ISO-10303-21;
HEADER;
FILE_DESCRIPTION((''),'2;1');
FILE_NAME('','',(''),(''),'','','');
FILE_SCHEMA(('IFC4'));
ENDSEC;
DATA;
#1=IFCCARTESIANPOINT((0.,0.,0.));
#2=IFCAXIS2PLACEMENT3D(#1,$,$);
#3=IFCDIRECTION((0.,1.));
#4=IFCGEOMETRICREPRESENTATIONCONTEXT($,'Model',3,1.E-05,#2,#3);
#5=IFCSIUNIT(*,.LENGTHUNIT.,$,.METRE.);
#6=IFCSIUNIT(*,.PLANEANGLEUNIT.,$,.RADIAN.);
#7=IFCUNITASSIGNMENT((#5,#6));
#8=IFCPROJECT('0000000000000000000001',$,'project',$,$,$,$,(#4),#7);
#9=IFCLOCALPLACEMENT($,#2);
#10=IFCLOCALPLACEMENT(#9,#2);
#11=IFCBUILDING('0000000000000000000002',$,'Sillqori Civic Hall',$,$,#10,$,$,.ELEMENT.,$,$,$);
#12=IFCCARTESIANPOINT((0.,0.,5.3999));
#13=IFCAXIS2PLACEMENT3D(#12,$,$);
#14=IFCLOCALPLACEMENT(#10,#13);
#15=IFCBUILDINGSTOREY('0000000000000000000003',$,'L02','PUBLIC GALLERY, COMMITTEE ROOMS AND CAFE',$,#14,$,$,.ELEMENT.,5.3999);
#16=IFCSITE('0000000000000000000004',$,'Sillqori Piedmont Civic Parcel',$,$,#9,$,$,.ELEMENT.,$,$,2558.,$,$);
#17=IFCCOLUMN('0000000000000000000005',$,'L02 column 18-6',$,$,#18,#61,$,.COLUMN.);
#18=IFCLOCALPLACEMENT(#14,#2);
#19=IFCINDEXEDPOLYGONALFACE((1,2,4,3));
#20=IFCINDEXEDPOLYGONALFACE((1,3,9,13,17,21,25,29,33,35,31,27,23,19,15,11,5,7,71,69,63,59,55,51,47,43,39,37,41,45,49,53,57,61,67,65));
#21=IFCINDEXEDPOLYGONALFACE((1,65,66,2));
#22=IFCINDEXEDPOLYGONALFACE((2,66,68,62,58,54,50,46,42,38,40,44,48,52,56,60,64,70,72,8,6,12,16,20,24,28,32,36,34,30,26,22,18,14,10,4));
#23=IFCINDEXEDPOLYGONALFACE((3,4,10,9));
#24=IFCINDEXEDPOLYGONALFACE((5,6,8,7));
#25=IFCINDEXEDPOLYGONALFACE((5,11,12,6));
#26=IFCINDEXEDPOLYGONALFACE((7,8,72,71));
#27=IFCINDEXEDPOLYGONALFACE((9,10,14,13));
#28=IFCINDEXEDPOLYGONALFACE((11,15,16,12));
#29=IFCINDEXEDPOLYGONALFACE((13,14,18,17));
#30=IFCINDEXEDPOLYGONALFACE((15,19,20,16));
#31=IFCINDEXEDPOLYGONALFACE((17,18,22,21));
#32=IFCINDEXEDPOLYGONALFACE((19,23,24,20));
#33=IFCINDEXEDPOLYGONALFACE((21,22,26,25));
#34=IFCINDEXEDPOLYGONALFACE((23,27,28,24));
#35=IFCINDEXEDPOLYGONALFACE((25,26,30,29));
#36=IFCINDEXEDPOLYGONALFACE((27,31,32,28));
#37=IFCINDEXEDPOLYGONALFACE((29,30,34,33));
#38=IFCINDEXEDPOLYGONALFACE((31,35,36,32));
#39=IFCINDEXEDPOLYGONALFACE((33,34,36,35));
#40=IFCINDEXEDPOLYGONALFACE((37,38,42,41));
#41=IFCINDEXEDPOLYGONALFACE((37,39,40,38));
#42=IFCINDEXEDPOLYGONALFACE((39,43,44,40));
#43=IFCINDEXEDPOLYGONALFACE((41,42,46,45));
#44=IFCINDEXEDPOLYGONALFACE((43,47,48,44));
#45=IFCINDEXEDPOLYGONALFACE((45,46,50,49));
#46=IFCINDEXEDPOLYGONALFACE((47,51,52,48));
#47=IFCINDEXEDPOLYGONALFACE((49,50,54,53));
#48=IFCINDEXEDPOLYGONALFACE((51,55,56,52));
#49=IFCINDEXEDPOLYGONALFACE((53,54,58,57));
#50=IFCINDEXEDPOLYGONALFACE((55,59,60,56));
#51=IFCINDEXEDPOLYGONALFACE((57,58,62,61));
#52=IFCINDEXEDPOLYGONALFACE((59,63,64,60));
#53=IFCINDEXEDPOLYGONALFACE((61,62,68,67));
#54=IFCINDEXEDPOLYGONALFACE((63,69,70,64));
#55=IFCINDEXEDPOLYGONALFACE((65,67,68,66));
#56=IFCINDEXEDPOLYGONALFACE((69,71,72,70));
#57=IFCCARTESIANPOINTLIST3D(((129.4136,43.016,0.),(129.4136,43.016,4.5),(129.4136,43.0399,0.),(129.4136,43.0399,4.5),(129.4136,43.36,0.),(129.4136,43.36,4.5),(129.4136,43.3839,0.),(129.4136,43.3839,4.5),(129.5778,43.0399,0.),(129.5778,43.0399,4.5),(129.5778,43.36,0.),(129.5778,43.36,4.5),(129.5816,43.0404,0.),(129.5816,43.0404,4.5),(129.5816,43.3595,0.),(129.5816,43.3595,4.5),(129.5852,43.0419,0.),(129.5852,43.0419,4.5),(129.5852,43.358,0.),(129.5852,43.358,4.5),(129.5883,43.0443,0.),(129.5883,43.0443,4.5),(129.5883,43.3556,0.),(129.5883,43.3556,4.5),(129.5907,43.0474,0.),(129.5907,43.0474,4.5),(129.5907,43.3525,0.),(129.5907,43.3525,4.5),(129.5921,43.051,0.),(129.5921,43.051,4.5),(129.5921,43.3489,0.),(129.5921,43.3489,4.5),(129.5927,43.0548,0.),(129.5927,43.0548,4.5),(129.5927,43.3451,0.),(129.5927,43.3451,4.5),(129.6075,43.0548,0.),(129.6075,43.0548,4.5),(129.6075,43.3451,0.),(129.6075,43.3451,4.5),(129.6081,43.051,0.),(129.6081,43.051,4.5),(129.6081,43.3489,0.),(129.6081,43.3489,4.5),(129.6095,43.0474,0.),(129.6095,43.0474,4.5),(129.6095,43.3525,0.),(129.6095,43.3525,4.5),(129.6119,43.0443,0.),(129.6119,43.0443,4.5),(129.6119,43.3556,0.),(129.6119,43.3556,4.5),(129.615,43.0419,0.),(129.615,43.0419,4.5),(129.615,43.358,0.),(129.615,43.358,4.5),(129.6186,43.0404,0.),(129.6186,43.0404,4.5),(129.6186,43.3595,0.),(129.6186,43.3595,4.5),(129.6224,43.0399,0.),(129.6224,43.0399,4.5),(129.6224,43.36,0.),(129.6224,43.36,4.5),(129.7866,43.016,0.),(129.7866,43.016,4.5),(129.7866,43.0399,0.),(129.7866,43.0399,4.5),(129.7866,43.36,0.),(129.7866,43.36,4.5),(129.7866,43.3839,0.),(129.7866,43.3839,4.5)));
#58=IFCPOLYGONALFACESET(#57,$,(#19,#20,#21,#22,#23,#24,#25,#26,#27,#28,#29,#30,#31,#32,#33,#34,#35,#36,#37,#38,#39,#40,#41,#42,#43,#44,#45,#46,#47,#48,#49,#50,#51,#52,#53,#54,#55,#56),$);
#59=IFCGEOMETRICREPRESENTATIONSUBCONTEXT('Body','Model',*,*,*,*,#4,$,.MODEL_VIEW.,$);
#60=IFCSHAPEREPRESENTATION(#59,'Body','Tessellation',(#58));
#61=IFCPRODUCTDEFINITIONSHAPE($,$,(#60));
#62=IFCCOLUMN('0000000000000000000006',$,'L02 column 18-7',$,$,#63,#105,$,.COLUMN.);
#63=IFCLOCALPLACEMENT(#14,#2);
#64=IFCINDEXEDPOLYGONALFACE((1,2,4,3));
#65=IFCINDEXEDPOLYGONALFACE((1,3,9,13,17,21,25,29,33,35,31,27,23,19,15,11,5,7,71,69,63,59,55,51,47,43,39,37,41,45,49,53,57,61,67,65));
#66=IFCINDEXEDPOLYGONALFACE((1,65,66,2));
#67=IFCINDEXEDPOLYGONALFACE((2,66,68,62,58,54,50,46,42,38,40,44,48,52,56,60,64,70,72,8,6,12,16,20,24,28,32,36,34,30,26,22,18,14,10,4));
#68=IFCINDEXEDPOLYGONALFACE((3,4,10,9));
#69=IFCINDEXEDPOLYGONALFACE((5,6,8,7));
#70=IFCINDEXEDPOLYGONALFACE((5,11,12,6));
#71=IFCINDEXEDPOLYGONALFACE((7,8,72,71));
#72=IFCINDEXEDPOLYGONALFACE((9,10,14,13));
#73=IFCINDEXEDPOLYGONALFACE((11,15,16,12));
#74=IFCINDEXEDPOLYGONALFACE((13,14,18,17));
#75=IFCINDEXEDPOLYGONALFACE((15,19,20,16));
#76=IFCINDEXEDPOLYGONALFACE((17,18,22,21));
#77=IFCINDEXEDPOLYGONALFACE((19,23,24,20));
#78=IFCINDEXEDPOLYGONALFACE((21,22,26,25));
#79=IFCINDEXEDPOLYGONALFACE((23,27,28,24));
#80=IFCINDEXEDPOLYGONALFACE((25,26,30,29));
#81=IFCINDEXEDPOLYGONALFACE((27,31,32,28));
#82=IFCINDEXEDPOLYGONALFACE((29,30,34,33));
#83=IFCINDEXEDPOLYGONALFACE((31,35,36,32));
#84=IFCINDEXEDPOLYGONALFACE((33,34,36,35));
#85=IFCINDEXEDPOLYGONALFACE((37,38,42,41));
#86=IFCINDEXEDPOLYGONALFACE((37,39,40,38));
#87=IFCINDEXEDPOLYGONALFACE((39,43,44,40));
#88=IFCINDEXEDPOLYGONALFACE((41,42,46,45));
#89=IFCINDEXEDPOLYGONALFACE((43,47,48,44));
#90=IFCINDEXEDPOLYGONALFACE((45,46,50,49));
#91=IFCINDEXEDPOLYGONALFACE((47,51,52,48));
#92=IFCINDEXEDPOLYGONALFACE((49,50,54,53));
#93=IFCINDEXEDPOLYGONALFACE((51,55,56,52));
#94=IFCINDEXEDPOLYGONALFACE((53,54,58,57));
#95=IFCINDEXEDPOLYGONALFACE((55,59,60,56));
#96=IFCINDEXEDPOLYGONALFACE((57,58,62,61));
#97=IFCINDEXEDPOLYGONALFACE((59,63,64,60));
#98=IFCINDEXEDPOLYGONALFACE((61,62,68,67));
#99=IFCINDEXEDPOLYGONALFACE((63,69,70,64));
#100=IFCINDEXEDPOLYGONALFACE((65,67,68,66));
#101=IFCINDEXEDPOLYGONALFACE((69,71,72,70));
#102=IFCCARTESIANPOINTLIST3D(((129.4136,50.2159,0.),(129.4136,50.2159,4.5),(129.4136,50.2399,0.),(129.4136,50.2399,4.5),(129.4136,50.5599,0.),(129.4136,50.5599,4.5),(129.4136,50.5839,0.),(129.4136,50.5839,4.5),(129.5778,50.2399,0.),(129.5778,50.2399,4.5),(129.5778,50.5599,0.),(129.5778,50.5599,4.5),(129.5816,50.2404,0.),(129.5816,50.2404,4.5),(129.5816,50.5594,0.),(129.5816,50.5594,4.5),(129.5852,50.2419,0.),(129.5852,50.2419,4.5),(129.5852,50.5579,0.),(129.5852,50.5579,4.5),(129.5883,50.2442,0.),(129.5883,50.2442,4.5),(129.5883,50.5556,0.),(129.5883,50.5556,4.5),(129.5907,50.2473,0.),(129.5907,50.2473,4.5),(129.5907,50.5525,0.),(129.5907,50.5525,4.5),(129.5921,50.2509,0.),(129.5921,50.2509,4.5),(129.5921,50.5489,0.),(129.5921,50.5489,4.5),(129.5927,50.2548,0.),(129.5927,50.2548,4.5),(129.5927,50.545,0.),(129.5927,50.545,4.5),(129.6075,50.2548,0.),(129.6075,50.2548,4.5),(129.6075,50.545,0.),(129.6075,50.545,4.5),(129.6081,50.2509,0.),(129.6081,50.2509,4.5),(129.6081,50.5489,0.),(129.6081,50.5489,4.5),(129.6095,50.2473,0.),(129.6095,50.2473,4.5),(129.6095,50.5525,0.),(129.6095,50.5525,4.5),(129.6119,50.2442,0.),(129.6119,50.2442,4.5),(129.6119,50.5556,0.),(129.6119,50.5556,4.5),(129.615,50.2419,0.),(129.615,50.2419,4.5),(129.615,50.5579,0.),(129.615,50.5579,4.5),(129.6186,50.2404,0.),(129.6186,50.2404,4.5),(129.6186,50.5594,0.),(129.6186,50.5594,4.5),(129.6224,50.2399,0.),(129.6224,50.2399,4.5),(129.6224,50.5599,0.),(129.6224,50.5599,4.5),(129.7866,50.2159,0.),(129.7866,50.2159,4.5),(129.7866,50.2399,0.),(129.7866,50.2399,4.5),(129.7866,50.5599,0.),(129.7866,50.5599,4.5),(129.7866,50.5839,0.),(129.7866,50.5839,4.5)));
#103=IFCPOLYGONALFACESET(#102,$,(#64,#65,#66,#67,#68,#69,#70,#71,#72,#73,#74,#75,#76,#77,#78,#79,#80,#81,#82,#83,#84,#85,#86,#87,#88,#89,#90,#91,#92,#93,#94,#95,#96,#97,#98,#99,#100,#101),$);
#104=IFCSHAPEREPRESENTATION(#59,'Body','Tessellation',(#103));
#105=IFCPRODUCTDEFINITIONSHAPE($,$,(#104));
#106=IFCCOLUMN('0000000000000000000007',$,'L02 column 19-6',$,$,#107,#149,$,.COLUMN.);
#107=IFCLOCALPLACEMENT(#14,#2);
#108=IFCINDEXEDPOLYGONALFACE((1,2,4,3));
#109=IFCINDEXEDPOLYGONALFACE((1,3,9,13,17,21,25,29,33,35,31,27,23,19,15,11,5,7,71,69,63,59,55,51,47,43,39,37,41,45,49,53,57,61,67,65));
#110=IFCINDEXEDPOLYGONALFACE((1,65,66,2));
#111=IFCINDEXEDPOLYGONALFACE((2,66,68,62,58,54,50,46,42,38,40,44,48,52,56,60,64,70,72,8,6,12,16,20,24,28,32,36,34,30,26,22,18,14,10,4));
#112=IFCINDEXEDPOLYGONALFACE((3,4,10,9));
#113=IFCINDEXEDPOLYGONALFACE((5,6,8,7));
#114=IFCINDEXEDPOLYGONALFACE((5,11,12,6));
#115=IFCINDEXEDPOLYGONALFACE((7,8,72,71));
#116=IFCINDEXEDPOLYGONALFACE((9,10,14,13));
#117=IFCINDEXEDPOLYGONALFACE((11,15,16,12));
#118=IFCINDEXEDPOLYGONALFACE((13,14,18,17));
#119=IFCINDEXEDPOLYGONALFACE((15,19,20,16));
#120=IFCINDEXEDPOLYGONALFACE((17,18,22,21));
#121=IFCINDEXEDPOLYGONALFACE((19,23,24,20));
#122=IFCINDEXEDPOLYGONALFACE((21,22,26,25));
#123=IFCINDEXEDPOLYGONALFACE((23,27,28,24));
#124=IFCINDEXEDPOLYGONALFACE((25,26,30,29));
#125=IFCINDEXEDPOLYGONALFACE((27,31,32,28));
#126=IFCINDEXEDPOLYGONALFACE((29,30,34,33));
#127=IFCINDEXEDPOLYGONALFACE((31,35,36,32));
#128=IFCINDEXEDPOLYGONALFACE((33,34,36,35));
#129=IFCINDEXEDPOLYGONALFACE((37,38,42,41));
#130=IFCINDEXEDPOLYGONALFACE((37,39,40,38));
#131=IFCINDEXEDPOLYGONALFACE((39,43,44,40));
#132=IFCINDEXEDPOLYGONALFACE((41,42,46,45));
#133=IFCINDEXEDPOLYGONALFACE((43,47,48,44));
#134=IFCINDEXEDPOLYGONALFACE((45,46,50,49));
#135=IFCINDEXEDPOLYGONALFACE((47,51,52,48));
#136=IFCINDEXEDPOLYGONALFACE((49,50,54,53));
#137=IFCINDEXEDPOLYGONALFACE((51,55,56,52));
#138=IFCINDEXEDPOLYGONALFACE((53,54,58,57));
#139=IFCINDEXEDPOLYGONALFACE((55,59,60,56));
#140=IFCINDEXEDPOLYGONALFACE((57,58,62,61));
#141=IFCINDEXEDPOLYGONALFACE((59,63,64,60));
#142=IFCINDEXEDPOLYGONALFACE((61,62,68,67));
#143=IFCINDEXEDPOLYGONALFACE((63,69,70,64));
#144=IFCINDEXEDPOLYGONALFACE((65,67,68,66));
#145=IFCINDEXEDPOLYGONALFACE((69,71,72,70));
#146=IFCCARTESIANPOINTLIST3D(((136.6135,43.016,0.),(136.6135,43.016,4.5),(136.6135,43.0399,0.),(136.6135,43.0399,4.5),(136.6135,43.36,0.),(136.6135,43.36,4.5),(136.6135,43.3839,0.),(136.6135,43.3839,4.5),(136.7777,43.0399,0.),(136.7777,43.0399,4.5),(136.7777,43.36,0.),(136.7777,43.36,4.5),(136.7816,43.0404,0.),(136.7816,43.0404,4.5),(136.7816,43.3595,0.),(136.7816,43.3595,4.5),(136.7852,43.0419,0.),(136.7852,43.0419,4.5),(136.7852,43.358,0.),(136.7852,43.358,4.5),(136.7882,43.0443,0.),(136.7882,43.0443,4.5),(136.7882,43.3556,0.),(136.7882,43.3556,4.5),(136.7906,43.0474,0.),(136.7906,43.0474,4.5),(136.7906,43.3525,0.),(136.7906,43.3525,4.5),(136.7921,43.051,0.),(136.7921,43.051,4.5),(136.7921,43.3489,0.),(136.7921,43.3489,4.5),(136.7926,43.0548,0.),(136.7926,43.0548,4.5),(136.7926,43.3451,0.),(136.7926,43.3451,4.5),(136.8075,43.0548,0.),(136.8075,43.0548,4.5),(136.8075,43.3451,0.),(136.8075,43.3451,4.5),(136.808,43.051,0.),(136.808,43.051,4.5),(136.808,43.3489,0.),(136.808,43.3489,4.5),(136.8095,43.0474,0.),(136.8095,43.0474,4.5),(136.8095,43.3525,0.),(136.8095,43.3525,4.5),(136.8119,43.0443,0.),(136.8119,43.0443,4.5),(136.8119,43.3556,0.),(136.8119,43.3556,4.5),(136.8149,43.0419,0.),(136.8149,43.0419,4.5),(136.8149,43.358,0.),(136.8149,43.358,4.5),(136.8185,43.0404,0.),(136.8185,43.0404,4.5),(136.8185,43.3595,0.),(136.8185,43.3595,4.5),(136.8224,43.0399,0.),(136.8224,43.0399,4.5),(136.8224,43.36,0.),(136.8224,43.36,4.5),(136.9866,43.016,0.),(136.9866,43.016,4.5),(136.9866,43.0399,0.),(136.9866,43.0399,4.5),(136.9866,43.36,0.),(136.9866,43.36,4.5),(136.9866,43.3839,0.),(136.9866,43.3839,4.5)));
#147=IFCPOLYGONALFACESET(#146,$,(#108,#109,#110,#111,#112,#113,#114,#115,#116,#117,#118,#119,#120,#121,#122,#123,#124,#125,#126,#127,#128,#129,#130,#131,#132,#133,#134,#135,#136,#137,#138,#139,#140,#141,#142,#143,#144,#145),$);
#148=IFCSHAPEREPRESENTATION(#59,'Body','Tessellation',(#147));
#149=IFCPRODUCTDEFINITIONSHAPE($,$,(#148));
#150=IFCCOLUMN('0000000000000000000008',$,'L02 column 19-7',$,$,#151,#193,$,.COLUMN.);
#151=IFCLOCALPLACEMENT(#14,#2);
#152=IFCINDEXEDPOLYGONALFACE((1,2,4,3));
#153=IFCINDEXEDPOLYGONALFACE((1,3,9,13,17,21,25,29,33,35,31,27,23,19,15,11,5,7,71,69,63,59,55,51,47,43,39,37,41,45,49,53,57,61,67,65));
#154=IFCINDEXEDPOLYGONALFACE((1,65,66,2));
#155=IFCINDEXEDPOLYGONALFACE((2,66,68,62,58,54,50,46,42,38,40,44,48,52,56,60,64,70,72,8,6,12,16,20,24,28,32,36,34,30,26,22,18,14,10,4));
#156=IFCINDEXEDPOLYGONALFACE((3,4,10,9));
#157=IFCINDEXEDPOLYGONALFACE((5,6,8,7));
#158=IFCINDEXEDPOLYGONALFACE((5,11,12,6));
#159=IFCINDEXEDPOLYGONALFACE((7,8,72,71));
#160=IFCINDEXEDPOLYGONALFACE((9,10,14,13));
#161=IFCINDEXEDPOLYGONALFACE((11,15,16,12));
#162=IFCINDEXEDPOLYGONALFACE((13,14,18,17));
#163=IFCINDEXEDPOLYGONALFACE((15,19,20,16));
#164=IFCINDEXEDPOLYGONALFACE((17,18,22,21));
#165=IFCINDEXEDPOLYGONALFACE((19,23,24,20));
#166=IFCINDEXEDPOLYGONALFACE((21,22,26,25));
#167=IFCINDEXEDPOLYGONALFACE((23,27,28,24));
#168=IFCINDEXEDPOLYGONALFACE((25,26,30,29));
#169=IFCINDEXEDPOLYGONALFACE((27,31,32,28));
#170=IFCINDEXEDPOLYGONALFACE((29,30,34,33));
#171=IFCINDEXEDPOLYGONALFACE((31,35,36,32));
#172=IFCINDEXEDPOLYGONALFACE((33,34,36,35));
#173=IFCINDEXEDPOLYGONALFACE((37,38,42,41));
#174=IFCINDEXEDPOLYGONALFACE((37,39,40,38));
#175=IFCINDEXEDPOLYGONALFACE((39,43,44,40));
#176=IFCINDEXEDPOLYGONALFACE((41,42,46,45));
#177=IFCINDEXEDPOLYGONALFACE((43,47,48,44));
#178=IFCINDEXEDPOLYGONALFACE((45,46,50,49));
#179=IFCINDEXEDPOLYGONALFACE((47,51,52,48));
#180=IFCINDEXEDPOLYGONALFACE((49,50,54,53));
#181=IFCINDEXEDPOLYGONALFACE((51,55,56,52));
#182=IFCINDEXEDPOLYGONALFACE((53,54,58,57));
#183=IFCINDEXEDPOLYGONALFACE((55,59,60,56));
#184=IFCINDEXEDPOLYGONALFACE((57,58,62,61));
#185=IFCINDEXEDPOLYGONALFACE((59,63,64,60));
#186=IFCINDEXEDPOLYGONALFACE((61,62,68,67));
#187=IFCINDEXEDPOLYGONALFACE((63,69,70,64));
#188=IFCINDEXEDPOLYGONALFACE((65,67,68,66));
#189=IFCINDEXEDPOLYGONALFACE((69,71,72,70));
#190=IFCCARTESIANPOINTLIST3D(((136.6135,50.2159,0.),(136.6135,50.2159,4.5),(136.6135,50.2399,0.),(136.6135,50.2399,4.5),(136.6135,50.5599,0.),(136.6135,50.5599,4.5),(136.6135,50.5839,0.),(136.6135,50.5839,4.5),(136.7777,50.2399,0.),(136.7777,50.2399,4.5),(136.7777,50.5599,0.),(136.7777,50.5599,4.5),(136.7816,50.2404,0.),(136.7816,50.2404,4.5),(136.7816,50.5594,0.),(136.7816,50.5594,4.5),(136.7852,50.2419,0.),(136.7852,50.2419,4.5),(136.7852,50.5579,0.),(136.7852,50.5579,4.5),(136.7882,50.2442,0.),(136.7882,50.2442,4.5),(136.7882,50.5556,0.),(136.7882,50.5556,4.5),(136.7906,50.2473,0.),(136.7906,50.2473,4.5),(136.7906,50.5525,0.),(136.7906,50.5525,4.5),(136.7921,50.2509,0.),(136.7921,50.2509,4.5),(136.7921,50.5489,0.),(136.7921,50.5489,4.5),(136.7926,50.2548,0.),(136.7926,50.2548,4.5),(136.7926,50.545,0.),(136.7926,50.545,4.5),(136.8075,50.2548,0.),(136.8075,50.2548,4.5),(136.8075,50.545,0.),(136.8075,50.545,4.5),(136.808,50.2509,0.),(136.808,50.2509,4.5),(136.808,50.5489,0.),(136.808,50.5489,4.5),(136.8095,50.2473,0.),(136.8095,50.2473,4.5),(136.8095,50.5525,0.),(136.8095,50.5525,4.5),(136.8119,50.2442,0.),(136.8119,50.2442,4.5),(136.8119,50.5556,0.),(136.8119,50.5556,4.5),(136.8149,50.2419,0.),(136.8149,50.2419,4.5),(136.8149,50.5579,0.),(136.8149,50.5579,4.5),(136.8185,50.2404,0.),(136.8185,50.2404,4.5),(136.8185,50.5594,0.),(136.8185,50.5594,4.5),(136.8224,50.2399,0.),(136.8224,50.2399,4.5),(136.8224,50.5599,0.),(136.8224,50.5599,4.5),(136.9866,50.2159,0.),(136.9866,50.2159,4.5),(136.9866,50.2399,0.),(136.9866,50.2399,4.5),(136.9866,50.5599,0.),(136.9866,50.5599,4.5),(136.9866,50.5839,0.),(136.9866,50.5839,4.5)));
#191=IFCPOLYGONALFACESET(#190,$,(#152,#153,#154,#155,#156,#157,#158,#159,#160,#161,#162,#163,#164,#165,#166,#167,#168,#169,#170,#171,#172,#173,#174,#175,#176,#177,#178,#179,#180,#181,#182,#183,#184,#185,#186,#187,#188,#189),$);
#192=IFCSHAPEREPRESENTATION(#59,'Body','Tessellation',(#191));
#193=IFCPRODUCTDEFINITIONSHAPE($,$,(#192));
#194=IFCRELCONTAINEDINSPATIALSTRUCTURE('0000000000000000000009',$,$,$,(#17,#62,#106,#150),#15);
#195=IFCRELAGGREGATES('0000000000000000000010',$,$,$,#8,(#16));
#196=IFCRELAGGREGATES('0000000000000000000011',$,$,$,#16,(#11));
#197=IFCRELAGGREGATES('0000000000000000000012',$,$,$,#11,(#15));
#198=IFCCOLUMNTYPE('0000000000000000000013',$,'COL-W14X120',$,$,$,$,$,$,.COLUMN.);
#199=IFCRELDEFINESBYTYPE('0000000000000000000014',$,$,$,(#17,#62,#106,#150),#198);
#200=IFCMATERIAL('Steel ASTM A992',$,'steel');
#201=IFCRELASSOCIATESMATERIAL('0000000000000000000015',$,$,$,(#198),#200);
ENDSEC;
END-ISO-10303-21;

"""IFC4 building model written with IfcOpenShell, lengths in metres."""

from ifc_helpers import new_model, si_unit, direction, frame, origin, origin_2d, place, context, subcontext, project, spatial, i_section, extrude, material, material_profile, profile_set, type_object, element, save


model = new_model("IFC4")

# Units and contexts
model_context = context("Model", 3, precision=1e-05, world=origin(), true_north=direction((0.0, 1.0)))
body_context = subcontext(model_context, "Body", "Model", "MODEL_VIEW")
ifc_project = project(units=[si_unit("LENGTHUNIT", "METRE"), si_unit("PLANEANGLEUNIT", "RADIAN")], contexts=[model_context])

# Site, building, storey
site_placement = place(None, origin())
site = spatial("IfcSite", under=ifc_project, at=site_placement, Name="Sillqori Piedmont Civic Parcel", CompositionType="ELEMENT", RefElevation=2558.0)
building_placement = place(site_placement, origin())
building = spatial("IfcBuilding", under=site, at=building_placement, Name="Sillqori Civic Hall", CompositionType="ELEMENT")
storey_placement = place(building_placement, frame((0.0, 0.0, 5.3999)))
storey = spatial("IfcBuildingStorey", under=building, at=storey_placement, Name="L02", Description="PUBLIC GALLERY, COMMITTEE ROOMS AND CAFE", CompositionType="ELEMENT", Elevation=5.3999)

# Columns
ifc_material_1 = material(Name="Steel ASTM A992", Category="steel")
ifc_material_profile_1 = material_profile(ifc_material_1, i_section(OverallWidth=0.373, OverallDepth=0.3679, WebThickness=0.0149, FlangeThickness=0.0239, FilletRadius=0.0149, at=origin_2d()), Name="W14X120")
ifc_profile_set_1 = profile_set([ifc_material_profile_1], Name="Steel ASTM A992")
column_type = type_object("IfcColumnType", Name="COL-W14X120", PredefinedType="COLUMN", material=ifc_profile_set_1)
for number, where, z_axis, x_axis, name in (
    (1, (129.6001, 43.2, 0.0), (0.0, 0.0, 1.0), (1.0, 0.0, 0.0), "L02 column 18-6"),
    (2, (129.6001, 50.3999, 0.0), (0.0, 0.0, 1.0), (1.0, 0.0, 0.0), "L02 column 18-7"),
    (3, (136.8, 43.2, 0.0), (0.0, 0.0, 1.0), (1.0, 0.0, 0.0), "L02 column 19-6"),
    (4, (136.8, 50.3999, 0.0), (0.0, 0.0, 1.0), (1.0, 0.0, 0.0), "L02 column 19-7"),
):
    element("IfcColumn", number, at=place(storey_placement, frame(where, z_axis=z_axis, x_axis=x_axis)), inside=storey, type_object=column_type, Name=name, PredefinedType="COLUMN", context=body_context, shape_type="SweptSolid", body=[
        extrude(i_section(OverallWidth=0.373, OverallDepth=0.3679, WebThickness=0.0149, FlangeThickness=0.0239, FilletRadius=0.0149, at=origin_2d()), origin(), (0.0, 0.0, 1.0), 4.5),
    ])

save(model, "model.ifc")
